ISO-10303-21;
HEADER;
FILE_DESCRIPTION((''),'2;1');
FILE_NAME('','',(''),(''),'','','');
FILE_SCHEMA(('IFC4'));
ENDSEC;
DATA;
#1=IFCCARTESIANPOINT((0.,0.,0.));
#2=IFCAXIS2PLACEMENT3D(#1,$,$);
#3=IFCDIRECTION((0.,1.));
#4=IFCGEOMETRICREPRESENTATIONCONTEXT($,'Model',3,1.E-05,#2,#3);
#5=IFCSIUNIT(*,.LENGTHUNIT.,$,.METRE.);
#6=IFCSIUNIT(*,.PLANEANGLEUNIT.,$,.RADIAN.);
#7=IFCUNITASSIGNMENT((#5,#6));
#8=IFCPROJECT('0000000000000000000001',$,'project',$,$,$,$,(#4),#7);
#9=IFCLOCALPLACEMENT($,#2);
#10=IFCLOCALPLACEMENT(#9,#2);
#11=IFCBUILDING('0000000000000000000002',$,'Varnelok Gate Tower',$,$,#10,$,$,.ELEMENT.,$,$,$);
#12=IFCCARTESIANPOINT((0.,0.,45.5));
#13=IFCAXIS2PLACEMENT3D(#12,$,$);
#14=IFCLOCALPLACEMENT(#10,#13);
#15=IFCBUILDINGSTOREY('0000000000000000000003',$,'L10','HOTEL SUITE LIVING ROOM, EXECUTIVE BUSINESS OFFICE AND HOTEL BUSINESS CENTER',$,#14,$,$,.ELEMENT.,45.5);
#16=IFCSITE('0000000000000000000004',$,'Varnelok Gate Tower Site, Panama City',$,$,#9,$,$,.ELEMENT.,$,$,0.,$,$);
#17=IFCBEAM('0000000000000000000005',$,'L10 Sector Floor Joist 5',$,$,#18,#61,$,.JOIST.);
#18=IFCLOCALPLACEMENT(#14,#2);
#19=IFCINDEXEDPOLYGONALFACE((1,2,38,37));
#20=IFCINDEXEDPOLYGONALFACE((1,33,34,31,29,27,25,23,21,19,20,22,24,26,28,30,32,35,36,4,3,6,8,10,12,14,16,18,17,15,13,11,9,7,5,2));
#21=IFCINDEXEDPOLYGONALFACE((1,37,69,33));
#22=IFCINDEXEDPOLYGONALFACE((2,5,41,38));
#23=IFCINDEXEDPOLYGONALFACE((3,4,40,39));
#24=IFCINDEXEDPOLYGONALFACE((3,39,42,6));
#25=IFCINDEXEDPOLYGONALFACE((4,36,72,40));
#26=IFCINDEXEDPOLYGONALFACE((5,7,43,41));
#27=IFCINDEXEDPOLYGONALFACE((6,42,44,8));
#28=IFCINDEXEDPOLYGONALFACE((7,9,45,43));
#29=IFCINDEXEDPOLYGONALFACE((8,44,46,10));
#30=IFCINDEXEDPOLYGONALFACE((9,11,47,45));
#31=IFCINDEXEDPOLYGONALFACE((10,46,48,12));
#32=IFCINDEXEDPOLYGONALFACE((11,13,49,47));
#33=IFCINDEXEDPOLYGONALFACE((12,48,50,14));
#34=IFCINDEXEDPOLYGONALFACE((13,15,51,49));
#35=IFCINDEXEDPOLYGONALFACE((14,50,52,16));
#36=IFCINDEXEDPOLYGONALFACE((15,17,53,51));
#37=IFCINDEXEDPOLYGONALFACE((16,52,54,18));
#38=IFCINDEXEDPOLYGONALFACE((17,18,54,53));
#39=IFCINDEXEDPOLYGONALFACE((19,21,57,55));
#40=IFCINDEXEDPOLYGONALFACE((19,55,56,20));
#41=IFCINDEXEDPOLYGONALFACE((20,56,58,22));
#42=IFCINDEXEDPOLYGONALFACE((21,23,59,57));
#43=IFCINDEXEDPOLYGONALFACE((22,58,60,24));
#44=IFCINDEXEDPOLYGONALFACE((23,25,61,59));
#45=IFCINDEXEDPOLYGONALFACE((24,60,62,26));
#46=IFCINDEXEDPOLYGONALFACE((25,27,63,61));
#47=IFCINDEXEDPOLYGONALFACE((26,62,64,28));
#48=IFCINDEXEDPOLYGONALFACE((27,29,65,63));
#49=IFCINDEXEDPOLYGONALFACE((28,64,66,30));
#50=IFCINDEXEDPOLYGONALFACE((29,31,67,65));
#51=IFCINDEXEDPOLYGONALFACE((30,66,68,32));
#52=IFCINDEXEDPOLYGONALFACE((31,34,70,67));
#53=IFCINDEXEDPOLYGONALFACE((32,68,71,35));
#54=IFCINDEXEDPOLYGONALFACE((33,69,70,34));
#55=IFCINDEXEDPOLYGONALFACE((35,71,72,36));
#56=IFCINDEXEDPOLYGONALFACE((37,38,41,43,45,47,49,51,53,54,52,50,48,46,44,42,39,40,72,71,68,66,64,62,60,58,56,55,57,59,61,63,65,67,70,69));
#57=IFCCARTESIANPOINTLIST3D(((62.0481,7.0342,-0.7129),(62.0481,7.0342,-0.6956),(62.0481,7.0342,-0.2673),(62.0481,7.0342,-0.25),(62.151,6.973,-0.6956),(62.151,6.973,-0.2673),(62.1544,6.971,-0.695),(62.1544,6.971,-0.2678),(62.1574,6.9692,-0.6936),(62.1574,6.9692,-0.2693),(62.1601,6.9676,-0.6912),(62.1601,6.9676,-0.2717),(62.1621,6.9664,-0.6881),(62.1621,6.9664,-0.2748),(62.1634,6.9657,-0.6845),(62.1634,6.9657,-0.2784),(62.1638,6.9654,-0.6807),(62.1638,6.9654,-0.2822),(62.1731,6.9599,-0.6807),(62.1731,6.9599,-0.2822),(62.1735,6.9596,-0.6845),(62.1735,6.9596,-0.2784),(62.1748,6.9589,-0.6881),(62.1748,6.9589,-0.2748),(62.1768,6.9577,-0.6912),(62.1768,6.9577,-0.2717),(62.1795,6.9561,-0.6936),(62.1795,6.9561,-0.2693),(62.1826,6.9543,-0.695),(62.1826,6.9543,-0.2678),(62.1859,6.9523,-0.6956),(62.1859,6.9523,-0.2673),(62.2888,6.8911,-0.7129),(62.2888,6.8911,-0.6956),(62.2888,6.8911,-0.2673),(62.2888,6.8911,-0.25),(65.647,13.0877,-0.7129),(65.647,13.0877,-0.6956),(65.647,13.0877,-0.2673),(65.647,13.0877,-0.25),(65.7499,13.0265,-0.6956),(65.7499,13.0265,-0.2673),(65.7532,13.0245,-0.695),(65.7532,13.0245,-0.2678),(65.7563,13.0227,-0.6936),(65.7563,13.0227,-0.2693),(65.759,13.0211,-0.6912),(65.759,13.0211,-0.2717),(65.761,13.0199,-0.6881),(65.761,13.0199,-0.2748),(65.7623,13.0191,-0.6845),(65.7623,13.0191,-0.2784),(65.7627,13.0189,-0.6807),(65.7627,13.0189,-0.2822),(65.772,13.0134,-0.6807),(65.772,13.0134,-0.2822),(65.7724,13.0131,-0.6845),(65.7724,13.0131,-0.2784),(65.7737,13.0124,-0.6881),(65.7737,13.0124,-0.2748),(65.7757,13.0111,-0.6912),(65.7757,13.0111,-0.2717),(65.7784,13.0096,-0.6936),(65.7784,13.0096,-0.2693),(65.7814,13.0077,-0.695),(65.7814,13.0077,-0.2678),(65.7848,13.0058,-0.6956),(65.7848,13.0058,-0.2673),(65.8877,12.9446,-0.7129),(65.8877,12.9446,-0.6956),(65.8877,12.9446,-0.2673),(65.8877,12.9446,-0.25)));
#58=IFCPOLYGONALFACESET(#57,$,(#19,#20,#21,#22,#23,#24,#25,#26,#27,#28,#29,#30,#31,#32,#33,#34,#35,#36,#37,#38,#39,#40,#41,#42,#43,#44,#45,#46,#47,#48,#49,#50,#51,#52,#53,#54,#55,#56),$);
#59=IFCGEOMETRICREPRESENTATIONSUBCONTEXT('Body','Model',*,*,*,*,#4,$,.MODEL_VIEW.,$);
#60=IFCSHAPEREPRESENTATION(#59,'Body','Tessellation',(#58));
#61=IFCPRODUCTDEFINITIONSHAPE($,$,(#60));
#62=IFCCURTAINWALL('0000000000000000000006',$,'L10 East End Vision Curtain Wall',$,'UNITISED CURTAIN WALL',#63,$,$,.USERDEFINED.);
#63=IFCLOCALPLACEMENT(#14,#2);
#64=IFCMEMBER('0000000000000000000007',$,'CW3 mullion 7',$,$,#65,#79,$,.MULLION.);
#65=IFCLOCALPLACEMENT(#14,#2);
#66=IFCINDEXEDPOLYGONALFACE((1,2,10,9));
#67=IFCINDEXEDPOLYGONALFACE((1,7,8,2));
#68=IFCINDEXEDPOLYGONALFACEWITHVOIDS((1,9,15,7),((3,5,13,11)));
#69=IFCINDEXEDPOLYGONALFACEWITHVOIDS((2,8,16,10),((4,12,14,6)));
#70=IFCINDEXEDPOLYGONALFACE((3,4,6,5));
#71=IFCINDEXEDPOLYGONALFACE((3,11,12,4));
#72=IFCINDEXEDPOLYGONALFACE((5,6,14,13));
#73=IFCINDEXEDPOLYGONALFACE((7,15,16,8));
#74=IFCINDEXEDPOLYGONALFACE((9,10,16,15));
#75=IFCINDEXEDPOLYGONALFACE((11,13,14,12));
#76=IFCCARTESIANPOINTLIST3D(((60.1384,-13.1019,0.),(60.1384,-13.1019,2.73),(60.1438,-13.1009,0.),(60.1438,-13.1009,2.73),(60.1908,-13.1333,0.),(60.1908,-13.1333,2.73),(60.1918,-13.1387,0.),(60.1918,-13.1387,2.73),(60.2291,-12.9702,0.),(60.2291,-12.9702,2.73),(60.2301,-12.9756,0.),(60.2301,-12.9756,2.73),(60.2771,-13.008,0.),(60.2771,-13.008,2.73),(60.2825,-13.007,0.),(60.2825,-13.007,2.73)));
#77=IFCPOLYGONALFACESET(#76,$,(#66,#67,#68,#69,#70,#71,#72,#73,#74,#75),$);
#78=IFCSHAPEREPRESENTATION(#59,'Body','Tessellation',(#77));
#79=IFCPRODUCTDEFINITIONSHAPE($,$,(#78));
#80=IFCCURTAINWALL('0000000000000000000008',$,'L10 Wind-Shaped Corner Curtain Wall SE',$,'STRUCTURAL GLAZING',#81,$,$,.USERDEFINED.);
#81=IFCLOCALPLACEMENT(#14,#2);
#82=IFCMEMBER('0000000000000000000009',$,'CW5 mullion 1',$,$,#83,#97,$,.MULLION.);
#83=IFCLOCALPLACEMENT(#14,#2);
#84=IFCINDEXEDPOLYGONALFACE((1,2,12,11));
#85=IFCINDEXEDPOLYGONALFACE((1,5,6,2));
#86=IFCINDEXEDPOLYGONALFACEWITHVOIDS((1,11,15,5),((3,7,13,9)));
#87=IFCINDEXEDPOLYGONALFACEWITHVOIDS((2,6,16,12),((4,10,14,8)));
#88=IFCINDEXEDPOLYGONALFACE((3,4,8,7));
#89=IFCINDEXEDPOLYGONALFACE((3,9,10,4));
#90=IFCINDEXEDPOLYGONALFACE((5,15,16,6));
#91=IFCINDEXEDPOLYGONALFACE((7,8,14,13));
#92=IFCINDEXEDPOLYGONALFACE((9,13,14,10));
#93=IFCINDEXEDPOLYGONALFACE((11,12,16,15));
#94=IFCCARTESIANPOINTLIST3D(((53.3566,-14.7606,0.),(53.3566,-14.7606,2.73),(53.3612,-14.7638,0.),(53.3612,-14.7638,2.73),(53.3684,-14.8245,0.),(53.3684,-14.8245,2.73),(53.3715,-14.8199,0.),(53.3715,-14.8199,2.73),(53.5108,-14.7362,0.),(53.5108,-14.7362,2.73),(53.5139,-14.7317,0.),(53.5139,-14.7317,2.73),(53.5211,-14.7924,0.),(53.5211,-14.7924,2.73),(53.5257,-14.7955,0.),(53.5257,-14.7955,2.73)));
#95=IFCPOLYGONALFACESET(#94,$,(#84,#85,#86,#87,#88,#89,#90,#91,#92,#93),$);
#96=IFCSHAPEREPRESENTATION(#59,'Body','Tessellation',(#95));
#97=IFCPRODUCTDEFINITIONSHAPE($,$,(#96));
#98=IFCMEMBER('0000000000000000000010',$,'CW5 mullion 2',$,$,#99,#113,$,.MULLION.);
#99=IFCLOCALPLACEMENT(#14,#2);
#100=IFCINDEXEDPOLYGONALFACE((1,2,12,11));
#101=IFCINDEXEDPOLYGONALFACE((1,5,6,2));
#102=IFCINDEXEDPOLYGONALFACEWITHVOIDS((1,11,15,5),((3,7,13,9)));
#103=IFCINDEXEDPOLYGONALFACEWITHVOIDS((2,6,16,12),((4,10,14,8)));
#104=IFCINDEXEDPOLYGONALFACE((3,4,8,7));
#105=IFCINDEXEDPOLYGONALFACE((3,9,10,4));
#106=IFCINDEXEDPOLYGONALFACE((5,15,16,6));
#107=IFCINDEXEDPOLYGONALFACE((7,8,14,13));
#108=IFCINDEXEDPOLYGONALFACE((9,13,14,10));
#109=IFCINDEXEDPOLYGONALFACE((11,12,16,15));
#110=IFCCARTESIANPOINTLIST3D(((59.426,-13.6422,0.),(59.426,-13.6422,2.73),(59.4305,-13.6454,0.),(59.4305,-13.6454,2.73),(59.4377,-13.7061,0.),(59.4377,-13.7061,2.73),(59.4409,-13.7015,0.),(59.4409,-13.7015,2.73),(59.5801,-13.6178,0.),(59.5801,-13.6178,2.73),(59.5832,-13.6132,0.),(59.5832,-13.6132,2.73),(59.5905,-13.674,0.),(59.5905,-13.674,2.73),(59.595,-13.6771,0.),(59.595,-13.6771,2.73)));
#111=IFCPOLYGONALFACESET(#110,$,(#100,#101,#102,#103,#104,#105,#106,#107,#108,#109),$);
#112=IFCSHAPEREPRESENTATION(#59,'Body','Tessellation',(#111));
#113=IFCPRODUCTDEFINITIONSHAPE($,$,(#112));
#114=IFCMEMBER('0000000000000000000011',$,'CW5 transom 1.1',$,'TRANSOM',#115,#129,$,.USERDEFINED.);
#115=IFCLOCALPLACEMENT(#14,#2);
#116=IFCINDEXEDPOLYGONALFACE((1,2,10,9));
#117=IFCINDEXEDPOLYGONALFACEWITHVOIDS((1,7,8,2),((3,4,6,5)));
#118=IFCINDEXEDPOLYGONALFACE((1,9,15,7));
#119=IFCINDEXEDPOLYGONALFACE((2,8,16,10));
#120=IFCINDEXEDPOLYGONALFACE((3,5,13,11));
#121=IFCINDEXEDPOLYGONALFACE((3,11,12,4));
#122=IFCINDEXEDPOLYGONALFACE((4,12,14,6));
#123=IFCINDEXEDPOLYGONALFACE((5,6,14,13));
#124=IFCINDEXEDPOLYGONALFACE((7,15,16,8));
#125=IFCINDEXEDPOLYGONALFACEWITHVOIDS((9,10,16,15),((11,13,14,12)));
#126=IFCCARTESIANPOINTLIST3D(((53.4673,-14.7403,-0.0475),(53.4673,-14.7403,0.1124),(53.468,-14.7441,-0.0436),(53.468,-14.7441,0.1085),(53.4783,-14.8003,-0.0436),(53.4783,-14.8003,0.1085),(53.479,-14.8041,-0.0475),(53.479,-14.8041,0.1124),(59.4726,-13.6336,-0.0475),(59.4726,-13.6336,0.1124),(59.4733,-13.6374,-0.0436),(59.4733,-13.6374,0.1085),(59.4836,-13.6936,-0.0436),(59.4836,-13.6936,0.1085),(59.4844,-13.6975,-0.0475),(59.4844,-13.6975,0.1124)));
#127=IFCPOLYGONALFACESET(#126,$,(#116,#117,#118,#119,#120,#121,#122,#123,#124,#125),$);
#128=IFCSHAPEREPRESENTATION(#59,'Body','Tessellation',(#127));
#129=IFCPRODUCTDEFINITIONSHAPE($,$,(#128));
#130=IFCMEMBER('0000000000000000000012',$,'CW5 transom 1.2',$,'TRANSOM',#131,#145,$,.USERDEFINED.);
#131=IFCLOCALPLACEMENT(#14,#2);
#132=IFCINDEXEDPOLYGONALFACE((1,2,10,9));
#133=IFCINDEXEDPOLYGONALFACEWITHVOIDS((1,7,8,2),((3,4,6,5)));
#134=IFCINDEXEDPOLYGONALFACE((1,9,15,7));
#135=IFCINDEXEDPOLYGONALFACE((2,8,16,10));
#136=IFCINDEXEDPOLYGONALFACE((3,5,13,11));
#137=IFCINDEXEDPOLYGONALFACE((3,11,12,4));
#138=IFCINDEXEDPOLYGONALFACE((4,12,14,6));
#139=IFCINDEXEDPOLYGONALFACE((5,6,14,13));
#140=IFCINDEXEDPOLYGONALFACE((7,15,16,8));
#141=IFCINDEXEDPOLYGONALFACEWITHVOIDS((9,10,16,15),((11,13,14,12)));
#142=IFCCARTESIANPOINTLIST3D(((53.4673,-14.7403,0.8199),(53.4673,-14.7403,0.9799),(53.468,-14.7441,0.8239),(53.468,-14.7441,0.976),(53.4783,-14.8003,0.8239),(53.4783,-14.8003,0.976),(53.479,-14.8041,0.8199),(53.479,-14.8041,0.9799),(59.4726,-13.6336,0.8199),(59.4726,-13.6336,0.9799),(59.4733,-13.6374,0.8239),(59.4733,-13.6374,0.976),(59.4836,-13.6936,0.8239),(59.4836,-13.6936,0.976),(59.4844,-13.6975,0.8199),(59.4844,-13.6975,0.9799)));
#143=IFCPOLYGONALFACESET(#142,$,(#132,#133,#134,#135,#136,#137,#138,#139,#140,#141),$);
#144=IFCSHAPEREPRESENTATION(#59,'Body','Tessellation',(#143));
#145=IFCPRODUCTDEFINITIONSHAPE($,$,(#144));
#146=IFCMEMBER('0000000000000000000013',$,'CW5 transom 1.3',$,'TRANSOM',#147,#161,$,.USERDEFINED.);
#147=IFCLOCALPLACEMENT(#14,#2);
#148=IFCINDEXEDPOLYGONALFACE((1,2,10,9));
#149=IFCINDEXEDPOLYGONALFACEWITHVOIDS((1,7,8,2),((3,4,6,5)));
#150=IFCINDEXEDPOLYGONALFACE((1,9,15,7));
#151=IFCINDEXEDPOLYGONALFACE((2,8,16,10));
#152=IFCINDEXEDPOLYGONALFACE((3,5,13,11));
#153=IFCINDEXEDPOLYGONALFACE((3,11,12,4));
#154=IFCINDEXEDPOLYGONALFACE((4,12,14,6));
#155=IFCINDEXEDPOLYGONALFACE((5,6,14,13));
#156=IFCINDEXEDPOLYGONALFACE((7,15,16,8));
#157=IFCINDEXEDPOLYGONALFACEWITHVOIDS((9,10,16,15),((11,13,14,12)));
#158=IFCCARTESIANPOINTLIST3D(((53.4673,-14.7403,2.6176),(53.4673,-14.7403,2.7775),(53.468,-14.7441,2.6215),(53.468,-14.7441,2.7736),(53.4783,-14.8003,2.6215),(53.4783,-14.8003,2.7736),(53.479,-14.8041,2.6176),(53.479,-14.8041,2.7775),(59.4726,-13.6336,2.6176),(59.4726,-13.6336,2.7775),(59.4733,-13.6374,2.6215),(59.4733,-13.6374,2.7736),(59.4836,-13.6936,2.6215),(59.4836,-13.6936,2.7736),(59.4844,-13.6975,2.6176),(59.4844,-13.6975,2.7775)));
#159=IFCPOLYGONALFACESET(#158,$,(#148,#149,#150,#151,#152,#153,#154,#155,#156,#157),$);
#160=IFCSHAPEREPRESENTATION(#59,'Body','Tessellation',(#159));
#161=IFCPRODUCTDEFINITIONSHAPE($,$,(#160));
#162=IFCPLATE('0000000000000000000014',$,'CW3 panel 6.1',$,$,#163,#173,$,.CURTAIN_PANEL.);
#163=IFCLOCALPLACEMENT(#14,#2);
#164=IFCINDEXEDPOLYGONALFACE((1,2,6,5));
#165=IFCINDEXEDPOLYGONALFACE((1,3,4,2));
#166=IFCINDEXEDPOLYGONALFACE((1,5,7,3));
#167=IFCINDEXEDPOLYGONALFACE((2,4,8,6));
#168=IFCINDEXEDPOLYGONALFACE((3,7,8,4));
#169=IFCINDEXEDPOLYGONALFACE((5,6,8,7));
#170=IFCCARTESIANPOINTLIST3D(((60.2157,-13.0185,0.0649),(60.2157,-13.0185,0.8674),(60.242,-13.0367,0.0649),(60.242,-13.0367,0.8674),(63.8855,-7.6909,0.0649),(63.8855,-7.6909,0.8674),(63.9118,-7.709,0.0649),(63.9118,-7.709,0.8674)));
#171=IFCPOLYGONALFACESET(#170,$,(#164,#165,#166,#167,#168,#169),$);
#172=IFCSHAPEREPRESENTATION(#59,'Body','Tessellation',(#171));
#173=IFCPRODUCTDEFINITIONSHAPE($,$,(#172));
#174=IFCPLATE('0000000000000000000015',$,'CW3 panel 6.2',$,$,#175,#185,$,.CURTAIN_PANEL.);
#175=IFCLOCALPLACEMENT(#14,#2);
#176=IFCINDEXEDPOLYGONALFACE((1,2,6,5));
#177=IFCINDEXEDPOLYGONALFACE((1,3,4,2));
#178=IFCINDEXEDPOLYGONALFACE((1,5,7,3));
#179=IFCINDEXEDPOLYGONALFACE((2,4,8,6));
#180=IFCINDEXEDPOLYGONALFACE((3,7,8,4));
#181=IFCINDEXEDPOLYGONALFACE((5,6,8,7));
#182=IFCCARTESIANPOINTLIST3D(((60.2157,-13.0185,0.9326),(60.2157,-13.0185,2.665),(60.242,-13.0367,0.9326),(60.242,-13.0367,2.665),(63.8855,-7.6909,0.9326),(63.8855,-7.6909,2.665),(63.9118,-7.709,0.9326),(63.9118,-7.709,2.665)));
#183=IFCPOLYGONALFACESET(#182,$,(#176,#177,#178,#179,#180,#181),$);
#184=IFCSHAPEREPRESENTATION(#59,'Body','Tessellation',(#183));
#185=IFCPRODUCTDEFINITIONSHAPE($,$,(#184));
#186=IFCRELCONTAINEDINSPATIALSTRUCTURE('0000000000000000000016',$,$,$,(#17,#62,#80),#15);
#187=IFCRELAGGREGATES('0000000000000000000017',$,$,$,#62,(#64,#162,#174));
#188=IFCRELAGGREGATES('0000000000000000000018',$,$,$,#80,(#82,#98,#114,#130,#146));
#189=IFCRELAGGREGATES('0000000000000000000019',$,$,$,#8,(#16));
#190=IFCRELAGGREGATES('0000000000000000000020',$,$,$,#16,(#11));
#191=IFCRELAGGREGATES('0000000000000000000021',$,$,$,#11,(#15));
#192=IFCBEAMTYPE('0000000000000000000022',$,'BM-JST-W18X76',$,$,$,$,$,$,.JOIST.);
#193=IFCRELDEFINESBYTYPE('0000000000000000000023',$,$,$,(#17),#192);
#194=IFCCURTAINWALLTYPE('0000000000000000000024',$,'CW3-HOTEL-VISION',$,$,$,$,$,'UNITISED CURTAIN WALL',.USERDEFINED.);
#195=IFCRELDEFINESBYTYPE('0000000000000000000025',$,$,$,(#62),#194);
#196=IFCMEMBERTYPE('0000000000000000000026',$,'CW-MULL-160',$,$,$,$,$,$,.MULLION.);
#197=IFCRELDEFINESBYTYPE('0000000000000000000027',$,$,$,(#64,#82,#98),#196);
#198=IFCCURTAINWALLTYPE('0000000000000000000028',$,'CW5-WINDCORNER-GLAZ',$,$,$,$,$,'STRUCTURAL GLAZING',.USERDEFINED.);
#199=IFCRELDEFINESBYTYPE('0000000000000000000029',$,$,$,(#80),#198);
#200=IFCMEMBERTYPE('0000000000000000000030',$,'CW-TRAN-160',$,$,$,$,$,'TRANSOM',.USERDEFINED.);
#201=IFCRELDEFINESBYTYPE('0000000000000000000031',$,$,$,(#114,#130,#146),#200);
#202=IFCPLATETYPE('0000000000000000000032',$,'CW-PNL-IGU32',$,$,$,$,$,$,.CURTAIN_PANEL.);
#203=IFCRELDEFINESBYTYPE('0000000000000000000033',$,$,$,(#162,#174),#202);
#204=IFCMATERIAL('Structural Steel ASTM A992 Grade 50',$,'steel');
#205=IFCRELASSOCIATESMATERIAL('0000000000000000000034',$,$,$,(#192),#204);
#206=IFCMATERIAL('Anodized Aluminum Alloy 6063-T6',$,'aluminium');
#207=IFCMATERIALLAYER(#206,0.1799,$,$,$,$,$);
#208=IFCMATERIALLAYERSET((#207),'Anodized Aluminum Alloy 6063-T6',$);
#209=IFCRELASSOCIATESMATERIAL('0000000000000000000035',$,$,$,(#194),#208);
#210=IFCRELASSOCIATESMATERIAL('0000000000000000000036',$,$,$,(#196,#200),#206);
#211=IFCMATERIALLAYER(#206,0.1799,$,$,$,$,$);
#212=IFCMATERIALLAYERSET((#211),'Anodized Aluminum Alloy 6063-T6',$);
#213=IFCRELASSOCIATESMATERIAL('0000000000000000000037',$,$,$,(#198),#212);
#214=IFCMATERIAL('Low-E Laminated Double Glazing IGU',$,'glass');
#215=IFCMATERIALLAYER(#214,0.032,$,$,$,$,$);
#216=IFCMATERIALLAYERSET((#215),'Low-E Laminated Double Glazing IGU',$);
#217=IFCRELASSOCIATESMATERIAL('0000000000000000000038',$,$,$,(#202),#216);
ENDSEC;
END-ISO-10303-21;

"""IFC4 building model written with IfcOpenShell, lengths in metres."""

from ifc_helpers import new_model, si_unit, direction, frame, origin, origin_2d, place, context, subcontext, project, spatial, rectangle, hollow_rectangle, i_section, extrude, source, transform, mapped, material, layer, layer_set, material_profile, profile_set, type_object, element, aggregate, save


model = new_model("IFC4")

# Units and contexts
model_context = context("Model", 3, precision=1e-05, world=origin(), true_north=direction((0.0, 1.0)))
body_context = subcontext(model_context, "Body", "Model", "MODEL_VIEW")
ifc_project = project(units=[si_unit("LENGTHUNIT", "METRE"), si_unit("PLANEANGLEUNIT", "RADIAN")], contexts=[model_context])

# Site, building, storey
site_placement = place(None, origin())
site = spatial("IfcSite", under=ifc_project, at=site_placement, Name="Varnelok Gate Tower Site, Panama City", CompositionType="ELEMENT", RefElevation=0.0)
building_placement = place(site_placement, origin())
building = spatial("IfcBuilding", under=site, at=building_placement, Name="Varnelok Gate Tower", CompositionType="ELEMENT")
storey_placement = place(building_placement, frame((0.0, 0.0, 45.5)))
storey = spatial("IfcBuildingStorey", under=building, at=storey_placement, Name="L10", Description="HOTEL SUITE LIVING ROOM, EXECUTIVE BUSINESS OFFICE AND HOTEL BUSINESS CENTER", CompositionType="ELEMENT", Elevation=45.5)

# Beam
ifc_material_1 = material(Name="Structural Steel ASTM A992 Grade 50", Category="steel")
ifc_material_profile_1 = material_profile(ifc_material_1, i_section(OverallWidth=0.28, OverallDepth=0.4629, WebThickness=0.0107, FlangeThickness=0.0173, FilletRadius=0.0149, at=origin_2d()), Name="W18X76")
ifc_profile_set_1 = profile_set([ifc_material_profile_1], Name="Structural Steel ASTM A992 Grade 50")
beam_type = type_object("IfcBeamType", Name="BM-JST-W18X76", PredefinedType="JOIST", material=ifc_profile_set_1)
beam_placement = place(storey_placement, frame((62.1685, 6.9626, -0.4814), z_axis=(0.511025, 0.859566, 0.0), x_axis=(-0.859566, 0.511025, 0.0)))
element("IfcBeam", 1, at=beam_placement, inside=storey, type_object=beam_type, Name="L10 Sector Floor Joist 5", PredefinedType="JOIST", context=body_context, shape_type="SweptSolid", body=[
    extrude(i_section(OverallWidth=0.28, OverallDepth=0.4629, WebThickness=0.0107, FlangeThickness=0.0173, FilletRadius=0.0149, at=origin_2d()), origin(), (0.0, 0.0, 1.0), 7.0425),
])

# Curtain wall, member
ifc_material_2 = material(Name="Anodized Aluminum Alloy 6063-T6", Category="aluminium")
ifc_layer_1 = layer(ifc_material_2, 0.1799)
ifc_layer_set_1 = layer_set([ifc_layer_1], Name="Anodized Aluminum Alloy 6063-T6")
curtain_wall_type_1 = type_object("IfcCurtainWallType", Name="CW3-HOTEL-VISION", ElementType="UNITISED CURTAIN WALL", PredefinedType="USERDEFINED", material=ifc_layer_set_1)
curtain_wall_1_placement = place(storey_placement, origin())
curtain_wall_1 = element("IfcCurtainWall", 2, at=curtain_wall_1_placement, inside=storey, type_object=curtain_wall_type_1, Name="L10 East End Vision Curtain Wall", ObjectType="UNITISED CURTAIN WALL", PredefinedType="USERDEFINED")
ifc_material_profile_2 = material_profile(ifc_material_2, hollow_rectangle(XDim=0.0649, YDim=0.1599, WallThickness=0.0039, at=origin_2d()), Name="ALU160X65X4")
ifc_profile_set_2 = profile_set([ifc_material_profile_2], Name="Anodized Aluminum Alloy 6063-T6")
member_type_1 = type_object("IfcMemberType", Name="CW-MULL-160", PredefinedType="MULLION", material=ifc_profile_set_2)
member_1_placement = place(storey_placement, frame((60.2104, -13.0544, 0.0), z_axis=(0.0, 0.0, 1.0), x_axis=(0.823533, -0.567269, 0.0)))
member_1 = element("IfcMember", 3, at=member_1_placement, type_object=member_type_1, Name="CW3 mullion 7", PredefinedType="MULLION", context=body_context, shape_type="SweptSolid", body=[
    extrude(hollow_rectangle(XDim=0.0649, YDim=0.1599, WallThickness=0.0039, at=origin_2d()), origin(), (0.0, 0.0, 1.0), 2.73),
])

# Curtain wall, members
ifc_layer_2 = layer(ifc_material_2, 0.1799)
ifc_layer_set_2 = layer_set([ifc_layer_2], Name="Anodized Aluminum Alloy 6063-T6")
curtain_wall_type_2 = type_object("IfcCurtainWallType", Name="CW5-WINDCORNER-GLAZ", ElementType="STRUCTURAL GLAZING", PredefinedType="USERDEFINED", material=ifc_layer_set_2)
curtain_wall_2_placement = place(storey_placement, origin())
curtain_wall_2 = element("IfcCurtainWall", 4, at=curtain_wall_2_placement, inside=storey, type_object=curtain_wall_type_2, Name="L10 Wind-Shaped Corner Curtain Wall SE", ObjectType="STRUCTURAL GLAZING", PredefinedType="USERDEFINED")
member_2_placement = place(storey_placement, frame((53.4412, -14.7781, 0.0), z_axis=(0.0, 0.0, 1.0), x_axis=(-0.181203, 0.983446, 0.0)))
member_2 = element("IfcMember", 5, at=member_2_placement, type_object=member_type_1, Name="CW5 mullion 1", PredefinedType="MULLION", context=body_context, shape_type="SweptSolid", body=[
    extrude(hollow_rectangle(XDim=0.0649, YDim=0.1599, WallThickness=0.0039, at=origin_2d()), origin(), (0.0, 0.0, 1.0), 2.73),
])
member_3_placement = place(storey_placement, frame((59.5105, -13.6597, 0.0), z_axis=(0.0, 0.0, 1.0), x_axis=(-0.181203, 0.983446, 0.0)))
member_3 = element("IfcMember", 6, at=member_3_placement, type_object=member_type_1, Name="CW5 mullion 2", PredefinedType="MULLION", context=body_context, shape_type="SweptSolid", body=[
    extrude(hollow_rectangle(XDim=0.0649, YDim=0.1599, WallThickness=0.0039, at=origin_2d()), origin(), (0.0, 0.0, 1.0), 2.73),
])
ifc_material_profile_3 = material_profile(ifc_material_2, hollow_rectangle(XDim=0.0649, YDim=0.1599, WallThickness=0.0039, at=origin_2d()), Name="ALU160X65X4")
ifc_profile_set_3 = profile_set([ifc_material_profile_3], Name="Anodized Aluminum Alloy 6063-T6")
member_type_2 = type_object("IfcMemberType", Name="CW-TRAN-160", ElementType="TRANSOM", PredefinedType="USERDEFINED", material=ifc_profile_set_3)
member_4_placement = place(storey_placement, frame((53.4731, -14.7722, 0.0325), z_axis=(0.98344, 0.181232, 0.0), x_axis=(-0.181232, 0.98344, 0.0)))
member_4 = element("IfcMember", 7, at=member_4_placement, type_object=member_type_2, Name="CW5 transom 1.1", ObjectType="TRANSOM", PredefinedType="USERDEFINED", context=body_context, shape_type="SweptSolid", body=[
    extrude(hollow_rectangle(XDim=0.0649, YDim=0.1599, WallThickness=0.0039, at=origin_2d()), origin(), (0.0, 0.0, 1.0), 6.1064),
])
member_5_placement = place(storey_placement, frame((53.4731, -14.7722, 0.8999), z_axis=(0.98344, 0.181232, 0.0), x_axis=(-0.181232, 0.98344, 0.0)))
member_5 = element("IfcMember", 8, at=member_5_placement, type_object=member_type_2, Name="CW5 transom 1.2", ObjectType="TRANSOM", PredefinedType="USERDEFINED", context=body_context, shape_type="SweptSolid", body=[
    extrude(hollow_rectangle(XDim=0.0649, YDim=0.1599, WallThickness=0.0039, at=origin_2d()), origin(), (0.0, 0.0, 1.0), 6.1064),
])
member_6_placement = place(storey_placement, frame((53.4731, -14.7722, 2.6975), z_axis=(0.98344, 0.181232, 0.0), x_axis=(-0.181232, 0.98344, 0.0)))
member_6 = element("IfcMember", 9, at=member_6_placement, type_object=member_type_2, Name="CW5 transom 1.3", ObjectType="TRANSOM", PredefinedType="USERDEFINED", context=body_context, shape_type="SweptSolid", body=[
    extrude(hollow_rectangle(XDim=0.0649, YDim=0.1599, WallThickness=0.0039, at=origin_2d()), origin(), (0.0, 0.0, 1.0), 6.1064),
])

# Plates
ifc_material_3 = material(Name="Low-E Laminated Double Glazing IGU", Category="glass")
ifc_layer_3 = layer(ifc_material_3, 0.032)
ifc_layer_set_3 = layer_set([ifc_layer_3], Name="Low-E Laminated Double Glazing IGU")
plate_type_1 = type_object("IfcPlateType", Name="CW-PNL-IGU32", PredefinedType="CURTAIN_PANEL", material=ifc_layer_set_3)
shared_shape_1 = source(origin(), body_context, "Body", "SweptSolid", [
    extrude(rectangle(XDim=6.4692, YDim=0.032, at=origin_2d()), origin(), (0.0, 0.0, 1.0), 0.8025),
])
plate_1_placement = place(storey_placement, frame((62.0637, -10.3638, 0.0649), z_axis=(0.0, 0.0, 1.0), x_axis=(-0.567269, -0.823533, 0.0)))
plate_1 = element("IfcPlate", 10, at=plate_1_placement, type_object=plate_type_1, Name="CW3 panel 6.1", PredefinedType="CURTAIN_PANEL", context=body_context, shape_type="MappedRepresentation", body=[
    mapped(shared_shape_1, transform((0.0, 0.0, 0.0), scale=1.0)),
])
shared_shape_2 = source(origin(), body_context, "Body", "SweptSolid", [
    extrude(rectangle(XDim=6.4692, YDim=0.032, at=origin_2d()), origin(), (0.0, 0.0, 1.0), 1.7324),
])
plate_2_placement = place(storey_placement, frame((62.0637, -10.3638, 0.9326), z_axis=(0.0, 0.0, 1.0), x_axis=(-0.567269, -0.823533, 0.0)))
plate_2 = element("IfcPlate", 11, at=plate_2_placement, type_object=plate_type_1, Name="CW3 panel 6.2", PredefinedType="CURTAIN_PANEL", context=body_context, shape_type="MappedRepresentation", body=[
    mapped(shared_shape_2, transform((0.0, 0.0, 0.0), scale=1.0)),
])
aggregate(curtain_wall_1, [member_1, plate_1, plate_2])
aggregate(curtain_wall_2, [member_2, member_3, member_4, member_5, member_6])

save(model, "model.ifc")
